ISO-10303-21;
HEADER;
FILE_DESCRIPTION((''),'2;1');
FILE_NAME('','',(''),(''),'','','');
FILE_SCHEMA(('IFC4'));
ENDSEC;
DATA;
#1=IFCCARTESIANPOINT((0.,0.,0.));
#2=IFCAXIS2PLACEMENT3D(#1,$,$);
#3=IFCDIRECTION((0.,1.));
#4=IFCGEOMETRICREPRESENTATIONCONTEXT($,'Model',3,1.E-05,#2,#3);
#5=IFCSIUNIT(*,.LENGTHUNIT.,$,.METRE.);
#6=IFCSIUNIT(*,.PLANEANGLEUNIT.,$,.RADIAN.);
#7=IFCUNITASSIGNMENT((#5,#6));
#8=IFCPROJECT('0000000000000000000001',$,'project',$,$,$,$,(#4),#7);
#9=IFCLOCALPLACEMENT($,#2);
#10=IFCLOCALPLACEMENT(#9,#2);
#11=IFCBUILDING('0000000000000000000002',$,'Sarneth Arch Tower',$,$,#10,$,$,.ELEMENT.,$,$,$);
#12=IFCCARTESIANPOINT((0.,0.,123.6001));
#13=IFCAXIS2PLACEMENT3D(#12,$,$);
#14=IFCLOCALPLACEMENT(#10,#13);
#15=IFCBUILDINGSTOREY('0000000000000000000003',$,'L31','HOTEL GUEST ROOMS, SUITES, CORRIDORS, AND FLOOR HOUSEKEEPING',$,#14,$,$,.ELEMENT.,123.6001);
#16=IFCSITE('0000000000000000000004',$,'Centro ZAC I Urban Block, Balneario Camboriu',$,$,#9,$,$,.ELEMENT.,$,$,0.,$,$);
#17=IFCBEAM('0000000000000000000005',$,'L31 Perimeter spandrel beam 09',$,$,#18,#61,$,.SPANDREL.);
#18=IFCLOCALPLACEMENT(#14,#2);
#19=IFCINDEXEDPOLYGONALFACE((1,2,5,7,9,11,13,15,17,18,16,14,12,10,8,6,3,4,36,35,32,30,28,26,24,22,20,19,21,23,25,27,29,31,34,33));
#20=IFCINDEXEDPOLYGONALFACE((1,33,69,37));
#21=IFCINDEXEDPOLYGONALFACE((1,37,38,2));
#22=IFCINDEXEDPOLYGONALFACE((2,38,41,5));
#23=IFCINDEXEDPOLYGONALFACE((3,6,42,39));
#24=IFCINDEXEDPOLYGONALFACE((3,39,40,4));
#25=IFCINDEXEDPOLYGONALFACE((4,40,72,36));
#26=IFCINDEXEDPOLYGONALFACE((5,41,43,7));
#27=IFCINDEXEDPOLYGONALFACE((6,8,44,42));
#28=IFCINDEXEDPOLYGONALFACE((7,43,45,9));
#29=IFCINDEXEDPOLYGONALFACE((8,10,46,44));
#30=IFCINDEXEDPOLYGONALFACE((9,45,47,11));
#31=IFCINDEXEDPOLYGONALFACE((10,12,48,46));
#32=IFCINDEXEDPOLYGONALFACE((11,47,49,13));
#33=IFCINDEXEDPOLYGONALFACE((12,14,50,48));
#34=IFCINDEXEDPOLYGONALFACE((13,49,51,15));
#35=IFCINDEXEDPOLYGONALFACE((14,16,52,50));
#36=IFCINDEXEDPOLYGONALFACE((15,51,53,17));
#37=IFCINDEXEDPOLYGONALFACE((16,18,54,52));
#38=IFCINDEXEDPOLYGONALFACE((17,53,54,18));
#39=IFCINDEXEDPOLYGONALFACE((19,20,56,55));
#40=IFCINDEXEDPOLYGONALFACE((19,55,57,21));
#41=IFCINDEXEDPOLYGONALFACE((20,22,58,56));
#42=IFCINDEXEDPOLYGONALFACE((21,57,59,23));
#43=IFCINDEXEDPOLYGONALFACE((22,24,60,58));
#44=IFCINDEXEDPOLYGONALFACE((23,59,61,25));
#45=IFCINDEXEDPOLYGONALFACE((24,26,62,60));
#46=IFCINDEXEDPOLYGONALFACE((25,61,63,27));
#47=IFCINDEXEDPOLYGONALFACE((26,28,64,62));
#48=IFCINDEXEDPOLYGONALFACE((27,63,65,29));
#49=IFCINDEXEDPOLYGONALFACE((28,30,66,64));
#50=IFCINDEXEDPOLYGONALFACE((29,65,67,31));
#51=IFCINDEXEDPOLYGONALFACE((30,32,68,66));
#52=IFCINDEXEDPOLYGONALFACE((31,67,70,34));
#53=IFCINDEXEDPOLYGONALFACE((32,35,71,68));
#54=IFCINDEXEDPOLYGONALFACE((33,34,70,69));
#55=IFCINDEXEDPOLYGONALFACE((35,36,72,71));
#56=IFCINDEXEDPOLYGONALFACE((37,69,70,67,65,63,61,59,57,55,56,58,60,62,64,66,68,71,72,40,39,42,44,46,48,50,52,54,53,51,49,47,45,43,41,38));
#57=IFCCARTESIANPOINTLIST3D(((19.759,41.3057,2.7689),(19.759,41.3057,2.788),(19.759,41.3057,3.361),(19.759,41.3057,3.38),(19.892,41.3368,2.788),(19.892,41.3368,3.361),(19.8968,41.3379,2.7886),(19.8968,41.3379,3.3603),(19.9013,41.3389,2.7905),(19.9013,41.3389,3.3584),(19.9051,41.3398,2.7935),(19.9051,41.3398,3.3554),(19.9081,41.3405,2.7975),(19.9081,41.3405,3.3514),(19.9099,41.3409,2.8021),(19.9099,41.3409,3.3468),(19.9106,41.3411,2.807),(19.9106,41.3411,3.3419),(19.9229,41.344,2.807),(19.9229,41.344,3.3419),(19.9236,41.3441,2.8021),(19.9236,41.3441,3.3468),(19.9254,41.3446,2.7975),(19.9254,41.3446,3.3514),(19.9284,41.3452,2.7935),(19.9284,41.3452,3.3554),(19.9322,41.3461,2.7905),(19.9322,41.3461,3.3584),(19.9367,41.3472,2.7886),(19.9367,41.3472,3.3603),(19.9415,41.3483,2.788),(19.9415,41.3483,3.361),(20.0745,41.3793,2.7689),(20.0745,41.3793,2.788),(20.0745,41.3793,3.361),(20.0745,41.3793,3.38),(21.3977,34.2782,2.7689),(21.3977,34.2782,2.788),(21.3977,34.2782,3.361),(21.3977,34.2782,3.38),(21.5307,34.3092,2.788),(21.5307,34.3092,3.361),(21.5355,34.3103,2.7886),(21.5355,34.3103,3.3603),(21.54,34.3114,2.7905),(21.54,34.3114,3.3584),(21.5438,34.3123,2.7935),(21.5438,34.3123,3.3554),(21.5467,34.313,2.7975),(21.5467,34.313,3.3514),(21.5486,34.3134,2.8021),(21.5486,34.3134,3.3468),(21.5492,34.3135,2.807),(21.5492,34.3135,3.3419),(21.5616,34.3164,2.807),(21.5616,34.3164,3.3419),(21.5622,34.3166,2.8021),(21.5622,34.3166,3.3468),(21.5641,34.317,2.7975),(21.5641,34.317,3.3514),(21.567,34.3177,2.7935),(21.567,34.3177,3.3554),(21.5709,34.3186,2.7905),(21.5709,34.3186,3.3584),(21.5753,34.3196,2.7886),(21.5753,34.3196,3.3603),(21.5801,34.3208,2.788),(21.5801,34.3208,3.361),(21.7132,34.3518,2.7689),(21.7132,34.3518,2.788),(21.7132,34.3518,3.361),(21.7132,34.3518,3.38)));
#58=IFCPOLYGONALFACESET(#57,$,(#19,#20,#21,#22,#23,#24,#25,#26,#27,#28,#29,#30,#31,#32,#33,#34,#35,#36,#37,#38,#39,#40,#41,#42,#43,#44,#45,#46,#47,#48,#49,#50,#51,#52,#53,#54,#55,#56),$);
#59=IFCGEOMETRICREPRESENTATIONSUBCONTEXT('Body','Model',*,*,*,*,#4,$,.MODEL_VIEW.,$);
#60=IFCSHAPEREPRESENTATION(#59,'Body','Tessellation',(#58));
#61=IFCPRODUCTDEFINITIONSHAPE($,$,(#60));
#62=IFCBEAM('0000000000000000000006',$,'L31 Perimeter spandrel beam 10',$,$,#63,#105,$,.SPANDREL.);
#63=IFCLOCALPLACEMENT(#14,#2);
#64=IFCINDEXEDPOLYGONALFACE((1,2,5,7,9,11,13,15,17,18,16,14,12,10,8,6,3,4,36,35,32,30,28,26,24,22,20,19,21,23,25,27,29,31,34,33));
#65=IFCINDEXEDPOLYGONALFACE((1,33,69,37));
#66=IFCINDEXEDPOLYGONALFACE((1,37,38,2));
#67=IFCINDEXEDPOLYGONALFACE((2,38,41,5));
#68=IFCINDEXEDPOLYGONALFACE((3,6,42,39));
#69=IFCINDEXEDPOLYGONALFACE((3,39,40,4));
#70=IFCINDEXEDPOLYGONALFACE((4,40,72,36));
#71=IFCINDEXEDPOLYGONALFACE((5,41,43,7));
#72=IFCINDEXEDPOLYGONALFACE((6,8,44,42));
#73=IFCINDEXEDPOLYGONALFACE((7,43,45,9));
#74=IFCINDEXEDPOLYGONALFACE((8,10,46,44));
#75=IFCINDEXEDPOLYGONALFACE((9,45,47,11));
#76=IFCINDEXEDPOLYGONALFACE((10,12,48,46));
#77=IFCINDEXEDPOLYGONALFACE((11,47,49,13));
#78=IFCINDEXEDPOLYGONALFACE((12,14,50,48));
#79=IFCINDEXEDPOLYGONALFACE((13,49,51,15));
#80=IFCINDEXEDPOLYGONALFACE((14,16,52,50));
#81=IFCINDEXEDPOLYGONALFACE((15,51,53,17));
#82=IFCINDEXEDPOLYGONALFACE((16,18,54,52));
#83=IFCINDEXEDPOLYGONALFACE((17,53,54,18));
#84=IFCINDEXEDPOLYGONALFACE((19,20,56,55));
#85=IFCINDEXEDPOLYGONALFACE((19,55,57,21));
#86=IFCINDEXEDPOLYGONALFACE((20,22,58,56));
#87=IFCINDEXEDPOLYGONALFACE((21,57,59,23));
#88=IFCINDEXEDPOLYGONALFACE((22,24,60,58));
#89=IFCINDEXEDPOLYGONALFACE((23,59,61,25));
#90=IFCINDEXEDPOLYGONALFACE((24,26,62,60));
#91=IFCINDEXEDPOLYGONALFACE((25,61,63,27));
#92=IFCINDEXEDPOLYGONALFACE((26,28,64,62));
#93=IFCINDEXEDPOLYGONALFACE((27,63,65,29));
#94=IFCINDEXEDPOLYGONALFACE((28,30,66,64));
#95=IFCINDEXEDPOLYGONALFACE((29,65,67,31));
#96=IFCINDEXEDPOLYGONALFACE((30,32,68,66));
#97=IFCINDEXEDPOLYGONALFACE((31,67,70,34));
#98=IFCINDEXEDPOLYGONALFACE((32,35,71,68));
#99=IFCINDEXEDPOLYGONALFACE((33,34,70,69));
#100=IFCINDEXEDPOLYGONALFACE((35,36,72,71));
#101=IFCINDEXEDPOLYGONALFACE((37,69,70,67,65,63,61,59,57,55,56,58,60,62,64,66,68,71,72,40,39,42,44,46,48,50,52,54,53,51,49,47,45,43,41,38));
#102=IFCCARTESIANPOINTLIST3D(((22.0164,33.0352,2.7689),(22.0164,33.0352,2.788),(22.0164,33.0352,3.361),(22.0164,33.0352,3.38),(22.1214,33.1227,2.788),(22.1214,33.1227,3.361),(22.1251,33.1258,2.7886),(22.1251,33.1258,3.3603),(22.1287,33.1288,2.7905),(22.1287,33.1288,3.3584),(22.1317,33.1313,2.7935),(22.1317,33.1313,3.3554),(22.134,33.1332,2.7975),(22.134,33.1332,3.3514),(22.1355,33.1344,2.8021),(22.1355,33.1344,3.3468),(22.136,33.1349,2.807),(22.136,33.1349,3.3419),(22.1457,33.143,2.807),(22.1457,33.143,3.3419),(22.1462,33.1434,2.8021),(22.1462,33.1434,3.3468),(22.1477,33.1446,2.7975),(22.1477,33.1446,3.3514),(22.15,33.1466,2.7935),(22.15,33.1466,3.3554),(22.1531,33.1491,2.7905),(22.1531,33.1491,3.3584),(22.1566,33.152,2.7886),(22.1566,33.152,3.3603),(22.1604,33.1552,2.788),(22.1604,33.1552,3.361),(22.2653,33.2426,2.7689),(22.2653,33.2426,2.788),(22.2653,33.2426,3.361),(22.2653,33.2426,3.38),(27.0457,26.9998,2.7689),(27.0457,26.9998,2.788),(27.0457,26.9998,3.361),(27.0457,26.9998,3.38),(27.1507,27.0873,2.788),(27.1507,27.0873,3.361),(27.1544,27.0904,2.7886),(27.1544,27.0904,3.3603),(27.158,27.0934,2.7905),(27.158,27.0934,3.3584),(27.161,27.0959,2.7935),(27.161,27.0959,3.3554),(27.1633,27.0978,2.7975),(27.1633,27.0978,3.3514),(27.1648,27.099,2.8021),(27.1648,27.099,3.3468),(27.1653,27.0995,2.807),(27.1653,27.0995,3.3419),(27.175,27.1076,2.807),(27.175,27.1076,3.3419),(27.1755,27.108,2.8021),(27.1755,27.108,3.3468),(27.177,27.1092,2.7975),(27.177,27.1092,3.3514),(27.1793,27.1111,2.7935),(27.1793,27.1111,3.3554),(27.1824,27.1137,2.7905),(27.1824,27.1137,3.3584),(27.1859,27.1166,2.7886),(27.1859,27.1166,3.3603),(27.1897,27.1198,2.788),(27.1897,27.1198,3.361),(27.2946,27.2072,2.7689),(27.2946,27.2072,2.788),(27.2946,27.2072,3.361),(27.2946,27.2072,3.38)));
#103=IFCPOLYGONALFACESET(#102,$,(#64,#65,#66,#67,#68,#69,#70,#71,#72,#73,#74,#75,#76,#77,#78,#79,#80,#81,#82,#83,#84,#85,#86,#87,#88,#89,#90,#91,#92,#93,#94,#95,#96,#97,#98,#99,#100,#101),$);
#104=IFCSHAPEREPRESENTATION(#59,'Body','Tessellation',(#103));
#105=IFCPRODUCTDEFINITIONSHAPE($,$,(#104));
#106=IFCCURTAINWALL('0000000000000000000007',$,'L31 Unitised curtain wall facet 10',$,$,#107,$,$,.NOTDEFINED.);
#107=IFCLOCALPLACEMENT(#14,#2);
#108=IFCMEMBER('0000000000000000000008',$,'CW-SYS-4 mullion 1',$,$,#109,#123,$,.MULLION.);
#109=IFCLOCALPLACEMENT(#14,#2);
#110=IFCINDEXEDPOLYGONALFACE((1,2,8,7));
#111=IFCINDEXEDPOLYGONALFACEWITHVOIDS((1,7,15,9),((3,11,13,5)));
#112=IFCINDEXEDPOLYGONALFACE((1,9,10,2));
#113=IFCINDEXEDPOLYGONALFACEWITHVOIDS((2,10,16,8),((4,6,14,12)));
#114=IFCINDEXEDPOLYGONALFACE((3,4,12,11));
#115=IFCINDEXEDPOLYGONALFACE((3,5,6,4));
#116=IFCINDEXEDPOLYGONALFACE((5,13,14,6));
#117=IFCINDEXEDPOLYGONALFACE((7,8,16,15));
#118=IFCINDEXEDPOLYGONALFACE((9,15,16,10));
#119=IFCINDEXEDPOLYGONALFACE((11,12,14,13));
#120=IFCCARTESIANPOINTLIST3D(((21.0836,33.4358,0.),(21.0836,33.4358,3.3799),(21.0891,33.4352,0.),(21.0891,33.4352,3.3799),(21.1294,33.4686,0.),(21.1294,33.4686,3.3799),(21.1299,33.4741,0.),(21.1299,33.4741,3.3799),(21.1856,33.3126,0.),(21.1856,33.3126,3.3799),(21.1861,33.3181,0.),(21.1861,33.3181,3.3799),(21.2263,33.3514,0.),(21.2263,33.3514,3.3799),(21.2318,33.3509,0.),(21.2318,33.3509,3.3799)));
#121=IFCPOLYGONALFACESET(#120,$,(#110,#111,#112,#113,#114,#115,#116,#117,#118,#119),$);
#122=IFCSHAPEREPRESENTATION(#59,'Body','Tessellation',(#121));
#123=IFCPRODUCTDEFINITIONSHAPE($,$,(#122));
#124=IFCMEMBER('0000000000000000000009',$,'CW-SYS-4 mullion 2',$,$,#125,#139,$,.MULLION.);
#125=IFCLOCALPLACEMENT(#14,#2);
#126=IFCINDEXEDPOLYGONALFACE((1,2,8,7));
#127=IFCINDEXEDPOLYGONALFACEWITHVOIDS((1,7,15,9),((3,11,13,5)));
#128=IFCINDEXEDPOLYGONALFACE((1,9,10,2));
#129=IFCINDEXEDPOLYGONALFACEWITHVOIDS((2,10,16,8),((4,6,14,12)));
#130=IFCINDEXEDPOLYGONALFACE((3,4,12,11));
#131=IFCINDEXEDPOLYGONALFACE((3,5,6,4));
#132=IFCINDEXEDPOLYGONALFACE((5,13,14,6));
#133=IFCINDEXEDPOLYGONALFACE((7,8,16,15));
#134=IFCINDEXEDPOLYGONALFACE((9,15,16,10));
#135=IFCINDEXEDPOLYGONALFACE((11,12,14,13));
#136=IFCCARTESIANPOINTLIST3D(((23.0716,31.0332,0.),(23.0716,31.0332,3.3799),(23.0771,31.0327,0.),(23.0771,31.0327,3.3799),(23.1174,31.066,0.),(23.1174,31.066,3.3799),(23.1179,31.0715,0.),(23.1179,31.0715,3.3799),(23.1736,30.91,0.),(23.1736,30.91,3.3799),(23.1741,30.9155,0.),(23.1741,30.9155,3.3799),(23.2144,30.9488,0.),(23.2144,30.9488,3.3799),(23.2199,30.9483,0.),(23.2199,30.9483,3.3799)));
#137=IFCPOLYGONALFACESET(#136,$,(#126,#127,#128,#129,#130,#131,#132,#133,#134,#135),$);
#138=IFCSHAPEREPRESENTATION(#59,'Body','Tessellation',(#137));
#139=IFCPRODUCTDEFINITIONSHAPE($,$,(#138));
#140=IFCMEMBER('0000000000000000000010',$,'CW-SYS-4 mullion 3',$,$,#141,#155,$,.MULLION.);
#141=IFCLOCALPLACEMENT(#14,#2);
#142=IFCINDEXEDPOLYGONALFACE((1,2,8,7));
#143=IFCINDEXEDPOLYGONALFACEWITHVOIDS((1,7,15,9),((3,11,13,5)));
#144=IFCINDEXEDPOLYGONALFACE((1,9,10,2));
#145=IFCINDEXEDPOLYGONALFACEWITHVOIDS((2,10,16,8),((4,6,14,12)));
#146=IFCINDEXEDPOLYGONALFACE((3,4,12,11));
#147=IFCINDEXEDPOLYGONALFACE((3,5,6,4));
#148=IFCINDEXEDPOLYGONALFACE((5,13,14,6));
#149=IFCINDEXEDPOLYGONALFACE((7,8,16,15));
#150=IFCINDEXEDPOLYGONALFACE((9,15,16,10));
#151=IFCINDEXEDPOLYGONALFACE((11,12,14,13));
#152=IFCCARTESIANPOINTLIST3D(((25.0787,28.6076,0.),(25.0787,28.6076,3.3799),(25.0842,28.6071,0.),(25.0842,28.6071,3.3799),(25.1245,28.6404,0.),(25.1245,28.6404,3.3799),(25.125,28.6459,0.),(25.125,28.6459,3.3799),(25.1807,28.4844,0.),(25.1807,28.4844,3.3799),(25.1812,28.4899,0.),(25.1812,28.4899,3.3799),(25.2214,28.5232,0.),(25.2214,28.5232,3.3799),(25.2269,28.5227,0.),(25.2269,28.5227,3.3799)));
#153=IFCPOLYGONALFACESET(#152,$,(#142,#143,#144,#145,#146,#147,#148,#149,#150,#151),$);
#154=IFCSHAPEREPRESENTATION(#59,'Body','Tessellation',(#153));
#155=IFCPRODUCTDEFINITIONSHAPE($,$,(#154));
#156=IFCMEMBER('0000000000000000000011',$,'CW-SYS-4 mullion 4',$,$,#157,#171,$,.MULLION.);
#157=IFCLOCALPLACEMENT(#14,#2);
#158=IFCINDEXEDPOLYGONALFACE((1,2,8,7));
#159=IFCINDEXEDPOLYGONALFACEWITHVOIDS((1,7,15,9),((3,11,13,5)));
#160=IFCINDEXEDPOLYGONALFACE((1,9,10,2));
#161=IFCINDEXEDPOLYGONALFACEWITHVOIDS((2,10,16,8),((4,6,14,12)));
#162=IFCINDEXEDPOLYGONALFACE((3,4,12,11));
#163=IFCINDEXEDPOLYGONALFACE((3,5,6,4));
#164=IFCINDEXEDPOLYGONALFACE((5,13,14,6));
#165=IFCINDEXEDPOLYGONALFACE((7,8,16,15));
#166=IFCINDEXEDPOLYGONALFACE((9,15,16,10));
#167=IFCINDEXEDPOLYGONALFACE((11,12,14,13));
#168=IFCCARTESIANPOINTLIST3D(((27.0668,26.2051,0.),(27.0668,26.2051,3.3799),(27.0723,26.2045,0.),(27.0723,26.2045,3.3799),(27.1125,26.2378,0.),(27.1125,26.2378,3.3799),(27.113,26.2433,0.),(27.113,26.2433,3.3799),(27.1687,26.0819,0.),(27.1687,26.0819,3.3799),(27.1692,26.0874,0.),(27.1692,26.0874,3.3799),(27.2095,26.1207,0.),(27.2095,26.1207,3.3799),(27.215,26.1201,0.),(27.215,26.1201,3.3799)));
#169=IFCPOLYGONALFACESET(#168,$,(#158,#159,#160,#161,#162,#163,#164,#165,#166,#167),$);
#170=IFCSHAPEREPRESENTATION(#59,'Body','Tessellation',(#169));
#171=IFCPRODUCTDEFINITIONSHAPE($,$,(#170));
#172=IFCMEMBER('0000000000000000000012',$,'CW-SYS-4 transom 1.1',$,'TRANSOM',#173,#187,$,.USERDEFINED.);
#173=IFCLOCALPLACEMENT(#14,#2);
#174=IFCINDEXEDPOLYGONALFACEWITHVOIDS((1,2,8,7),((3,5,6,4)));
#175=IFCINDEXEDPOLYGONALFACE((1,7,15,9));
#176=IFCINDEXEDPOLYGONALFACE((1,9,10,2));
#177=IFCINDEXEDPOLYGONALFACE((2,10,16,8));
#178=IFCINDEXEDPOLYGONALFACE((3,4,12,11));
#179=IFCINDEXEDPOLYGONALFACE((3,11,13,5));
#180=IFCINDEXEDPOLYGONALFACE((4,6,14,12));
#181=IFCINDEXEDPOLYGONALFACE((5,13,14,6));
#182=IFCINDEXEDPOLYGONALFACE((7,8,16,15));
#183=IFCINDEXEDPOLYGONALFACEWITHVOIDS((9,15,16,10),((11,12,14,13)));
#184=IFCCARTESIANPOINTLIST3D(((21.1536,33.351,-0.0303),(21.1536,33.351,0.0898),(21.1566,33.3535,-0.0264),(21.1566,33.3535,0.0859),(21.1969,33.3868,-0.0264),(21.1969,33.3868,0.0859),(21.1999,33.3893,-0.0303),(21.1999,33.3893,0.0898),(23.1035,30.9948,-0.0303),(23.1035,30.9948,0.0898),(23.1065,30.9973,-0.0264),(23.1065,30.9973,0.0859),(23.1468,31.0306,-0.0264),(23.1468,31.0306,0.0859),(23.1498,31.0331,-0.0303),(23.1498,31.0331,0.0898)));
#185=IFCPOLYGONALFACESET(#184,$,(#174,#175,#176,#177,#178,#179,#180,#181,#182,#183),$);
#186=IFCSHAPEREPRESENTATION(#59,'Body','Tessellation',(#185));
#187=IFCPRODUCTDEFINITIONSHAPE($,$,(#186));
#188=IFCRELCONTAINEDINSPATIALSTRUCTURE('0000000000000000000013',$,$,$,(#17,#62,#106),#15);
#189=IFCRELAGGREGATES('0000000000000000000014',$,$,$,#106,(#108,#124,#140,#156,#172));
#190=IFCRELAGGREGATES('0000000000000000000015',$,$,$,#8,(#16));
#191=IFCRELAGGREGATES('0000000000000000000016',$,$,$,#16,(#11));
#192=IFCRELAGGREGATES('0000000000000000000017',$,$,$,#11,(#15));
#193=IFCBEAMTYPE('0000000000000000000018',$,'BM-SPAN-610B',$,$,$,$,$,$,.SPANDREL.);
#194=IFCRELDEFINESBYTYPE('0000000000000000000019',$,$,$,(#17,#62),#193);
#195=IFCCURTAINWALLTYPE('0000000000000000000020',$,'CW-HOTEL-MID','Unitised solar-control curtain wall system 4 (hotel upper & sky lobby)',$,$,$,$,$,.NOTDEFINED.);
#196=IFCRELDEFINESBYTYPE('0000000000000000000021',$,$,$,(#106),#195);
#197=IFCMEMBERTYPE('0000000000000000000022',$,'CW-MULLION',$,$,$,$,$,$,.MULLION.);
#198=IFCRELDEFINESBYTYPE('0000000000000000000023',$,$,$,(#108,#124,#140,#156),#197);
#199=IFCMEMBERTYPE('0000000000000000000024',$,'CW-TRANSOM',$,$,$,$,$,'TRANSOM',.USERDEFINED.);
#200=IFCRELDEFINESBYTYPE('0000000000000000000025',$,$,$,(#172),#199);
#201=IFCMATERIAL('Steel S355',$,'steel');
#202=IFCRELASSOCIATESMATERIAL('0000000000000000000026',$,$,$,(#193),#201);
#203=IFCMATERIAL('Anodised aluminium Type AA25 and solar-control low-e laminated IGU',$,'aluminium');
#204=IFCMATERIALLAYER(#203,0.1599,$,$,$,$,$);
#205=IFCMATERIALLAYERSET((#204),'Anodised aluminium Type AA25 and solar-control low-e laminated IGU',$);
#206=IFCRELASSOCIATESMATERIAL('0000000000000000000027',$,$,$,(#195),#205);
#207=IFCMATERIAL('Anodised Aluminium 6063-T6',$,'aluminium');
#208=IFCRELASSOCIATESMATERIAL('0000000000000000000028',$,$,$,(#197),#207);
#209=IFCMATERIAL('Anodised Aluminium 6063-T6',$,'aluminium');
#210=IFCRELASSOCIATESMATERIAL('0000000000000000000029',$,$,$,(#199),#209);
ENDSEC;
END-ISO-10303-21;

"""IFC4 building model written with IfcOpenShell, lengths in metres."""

from ifc_helpers import new_model, si_unit, direction, frame, origin, origin_2d, place, context, subcontext, project, spatial, hollow_rectangle, i_section, extrude, material, layer, layer_set, material_profile, profile_set, type_object, element, aggregate, save


model = new_model("IFC4")

# Units and contexts
model_context = context("Model", 3, precision=1e-05, world=origin(), true_north=direction((0.0, 1.0)))
body_context = subcontext(model_context, "Body", "Model", "MODEL_VIEW")
ifc_project = project(units=[si_unit("LENGTHUNIT", "METRE"), si_unit("PLANEANGLEUNIT", "RADIAN")], contexts=[model_context])

# Site, building, storey
site_placement = place(None, origin())
site = spatial("IfcSite", under=ifc_project, at=site_placement, Name="Centro ZAC I Urban Block, Balneario Camboriu", CompositionType="ELEMENT", RefElevation=0.0)
building_placement = place(site_placement, origin())
building = spatial("IfcBuilding", under=site, at=building_placement, Name="Sarneth Arch Tower", CompositionType="ELEMENT")
storey_placement = place(building_placement, frame((0.0, 0.0, 123.6001)))
storey = spatial("IfcBuildingStorey", under=building, at=storey_placement, Name="L31", Description="HOTEL GUEST ROOMS, SUITES, CORRIDORS, AND FLOOR HOUSEKEEPING", CompositionType="ELEMENT", Elevation=123.6001)

# Beams
ifc_material_1 = material(Name="Steel S355", Category="steel")
ifc_material_profile_1 = material_profile(ifc_material_1, i_section(OverallWidth=0.324, OverallDepth=0.6111, WebThickness=0.0127, FlangeThickness=0.019, FilletRadius=0.019, at=origin_2d()), Name="W610x155")
ifc_profile_set_1 = profile_set([ifc_material_profile_1], Name="Steel S355")
beam_type = type_object("IfcBeamType", Name="BM-SPAN-610B", PredefinedType="SPANDREL", material=ifc_profile_set_1)
beam_1_placement = place(storey_placement, frame((19.9167, 41.3425, 3.0745), z_axis=(0.227085, -0.973875, 0.0), x_axis=(0.973875, 0.227085, 0.0)))
element("IfcBeam", 1, at=beam_1_placement, inside=storey, type_object=beam_type, Name="L31 Perimeter spandrel beam 09", PredefinedType="SPANDREL", context=body_context, shape_type="SweptSolid", body=[
    extrude(i_section(OverallWidth=0.324, OverallDepth=0.6111, WebThickness=0.0127, FlangeThickness=0.019, FilletRadius=0.019, at=origin_2d()), origin(), (0.0, 0.0, 1.0), 7.2161),
])
beam_2_placement = place(storey_placement, frame((22.1409, 33.1389, 3.0745), z_axis=(0.640169, -0.768234, 0.0), x_axis=(0.768234, 0.640169, 0.0)))
element("IfcBeam", 2, at=beam_2_placement, inside=storey, type_object=beam_type, Name="L31 Perimeter spandrel beam 10", PredefinedType="SPANDREL", context=body_context, shape_type="SweptSolid", body=[
    extrude(i_section(OverallWidth=0.324, OverallDepth=0.6111, WebThickness=0.0127, FlangeThickness=0.019, FilletRadius=0.019, at=origin_2d()), origin(), (0.0, 0.0, 1.0), 7.8562),
])

# Curtain wall, members
ifc_material_2 = material(Name="Anodised aluminium Type AA25 and solar-control low-e laminated IGU", Category="aluminium")
ifc_layer_1 = layer(ifc_material_2, 0.1599)
ifc_layer_set_1 = layer_set([ifc_layer_1], Name="Anodised aluminium Type AA25 and solar-control low-e laminated IGU")
curtain_wall_type = type_object("IfcCurtainWallType", Name="CW-HOTEL-MID", Description="Unitised solar-control curtain wall system 4 (hotel upper & sky lobby)", PredefinedType="NOTDEFINED", material=ifc_layer_set_1)
curtain_wall_placement = place(storey_placement, origin())
curtain_wall = element("IfcCurtainWall", 3, at=curtain_wall_placement, inside=storey, type_object=curtain_wall_type, Name="L31 Unitised curtain wall facet 10", PredefinedType="NOTDEFINED")
ifc_material_3 = material(Name="Anodised Aluminium 6063-T6", Category="aluminium")
ifc_material_profile_2 = material_profile(ifc_material_3, hollow_rectangle(XDim=0.0601, YDim=0.1599, WallThickness=0.0039, at=origin_2d()), Name="AL-MULL-160x60x4")
ifc_profile_set_2 = profile_set([ifc_material_profile_2], Name="Anodised Aluminium 6063-T6")
member_type_1 = type_object("IfcMemberType", Name="CW-MULLION", PredefinedType="MULLION", material=ifc_profile_set_2)
member_1_placement = place(storey_placement, frame((21.1577, 33.3933, 0.0), z_axis=(0.0, 0.0, 1.0), x_axis=(0.770438, 0.637515, 0.0)))
member_1 = element("IfcMember", 4, at=member_1_placement, type_object=member_type_1, Name="CW-SYS-4 mullion 1", PredefinedType="MULLION", context=body_context, shape_type="SweptSolid", body=[
    extrude(hollow_rectangle(XDim=0.0601, YDim=0.1599, WallThickness=0.0039, at=origin_2d()), origin(), (0.0, 0.0, 1.0), 3.3799),
])
member_2_placement = place(storey_placement, frame((23.1458, 30.9907, 0.0), z_axis=(0.0, 0.0, 1.0), x_axis=(0.770438, 0.637515, 0.0)))
member_2 = element("IfcMember", 5, at=member_2_placement, type_object=member_type_1, Name="CW-SYS-4 mullion 2", PredefinedType="MULLION", context=body_context, shape_type="SweptSolid", body=[
    extrude(hollow_rectangle(XDim=0.0601, YDim=0.1599, WallThickness=0.0039, at=origin_2d()), origin(), (0.0, 0.0, 1.0), 3.3799),
])
member_3_placement = place(storey_placement, frame((25.1528, 28.5652, 0.0), z_axis=(0.0, 0.0, 1.0), x_axis=(0.770438, 0.637515, 0.0)))
member_3 = element("IfcMember", 6, at=member_3_placement, type_object=member_type_1, Name="CW-SYS-4 mullion 3", PredefinedType="MULLION", context=body_context, shape_type="SweptSolid", body=[
    extrude(hollow_rectangle(XDim=0.0601, YDim=0.1599, WallThickness=0.0039, at=origin_2d()), origin(), (0.0, 0.0, 1.0), 3.3799),
])
member_4_placement = place(storey_placement, frame((27.1409, 26.1626, 0.0), z_axis=(0.0, 0.0, 1.0), x_axis=(0.770438, 0.637515, 0.0)))
member_4 = element("IfcMember", 7, at=member_4_placement, type_object=member_type_1, Name="CW-SYS-4 mullion 4", PredefinedType="MULLION", context=body_context, shape_type="SweptSolid", body=[
    extrude(hollow_rectangle(XDim=0.0601, YDim=0.1599, WallThickness=0.0039, at=origin_2d()), origin(), (0.0, 0.0, 1.0), 3.3799),
])
ifc_material_4 = material(Name="Anodised Aluminium 6063-T6", Category="aluminium")
ifc_material_profile_3 = material_profile(ifc_material_4, hollow_rectangle(XDim=0.0601, YDim=0.1201, WallThickness=0.0039, at=origin_2d()), Name="AL-TRAN-120x60x4")
ifc_profile_set_3 = profile_set([ifc_material_profile_3], Name="Anodised Aluminium 6063-T6")
member_type_2 = type_object("IfcMemberType", Name="CW-TRANSOM", ElementType="TRANSOM", PredefinedType="USERDEFINED", material=ifc_profile_set_3)
member_5_placement = place(storey_placement, frame((21.1768, 33.3701, 0.0298), z_axis=(0.637566, -0.770396, 0.0), x_axis=(0.770396, 0.637566, 0.0)))
member_5 = element("IfcMember", 8, at=member_5_placement, type_object=member_type_2, Name="CW-SYS-4 transom 1.1", ObjectType="TRANSOM", PredefinedType="USERDEFINED", context=body_context, shape_type="SweptSolid", body=[
    extrude(hollow_rectangle(XDim=0.0601, YDim=0.1201, WallThickness=0.0039, at=origin_2d()), origin(), (0.0, 0.0, 1.0), 3.0583),
])

aggregate(curtain_wall, [member_1, member_2, member_3, member_4, member_5])

save(model, "model.ifc")
